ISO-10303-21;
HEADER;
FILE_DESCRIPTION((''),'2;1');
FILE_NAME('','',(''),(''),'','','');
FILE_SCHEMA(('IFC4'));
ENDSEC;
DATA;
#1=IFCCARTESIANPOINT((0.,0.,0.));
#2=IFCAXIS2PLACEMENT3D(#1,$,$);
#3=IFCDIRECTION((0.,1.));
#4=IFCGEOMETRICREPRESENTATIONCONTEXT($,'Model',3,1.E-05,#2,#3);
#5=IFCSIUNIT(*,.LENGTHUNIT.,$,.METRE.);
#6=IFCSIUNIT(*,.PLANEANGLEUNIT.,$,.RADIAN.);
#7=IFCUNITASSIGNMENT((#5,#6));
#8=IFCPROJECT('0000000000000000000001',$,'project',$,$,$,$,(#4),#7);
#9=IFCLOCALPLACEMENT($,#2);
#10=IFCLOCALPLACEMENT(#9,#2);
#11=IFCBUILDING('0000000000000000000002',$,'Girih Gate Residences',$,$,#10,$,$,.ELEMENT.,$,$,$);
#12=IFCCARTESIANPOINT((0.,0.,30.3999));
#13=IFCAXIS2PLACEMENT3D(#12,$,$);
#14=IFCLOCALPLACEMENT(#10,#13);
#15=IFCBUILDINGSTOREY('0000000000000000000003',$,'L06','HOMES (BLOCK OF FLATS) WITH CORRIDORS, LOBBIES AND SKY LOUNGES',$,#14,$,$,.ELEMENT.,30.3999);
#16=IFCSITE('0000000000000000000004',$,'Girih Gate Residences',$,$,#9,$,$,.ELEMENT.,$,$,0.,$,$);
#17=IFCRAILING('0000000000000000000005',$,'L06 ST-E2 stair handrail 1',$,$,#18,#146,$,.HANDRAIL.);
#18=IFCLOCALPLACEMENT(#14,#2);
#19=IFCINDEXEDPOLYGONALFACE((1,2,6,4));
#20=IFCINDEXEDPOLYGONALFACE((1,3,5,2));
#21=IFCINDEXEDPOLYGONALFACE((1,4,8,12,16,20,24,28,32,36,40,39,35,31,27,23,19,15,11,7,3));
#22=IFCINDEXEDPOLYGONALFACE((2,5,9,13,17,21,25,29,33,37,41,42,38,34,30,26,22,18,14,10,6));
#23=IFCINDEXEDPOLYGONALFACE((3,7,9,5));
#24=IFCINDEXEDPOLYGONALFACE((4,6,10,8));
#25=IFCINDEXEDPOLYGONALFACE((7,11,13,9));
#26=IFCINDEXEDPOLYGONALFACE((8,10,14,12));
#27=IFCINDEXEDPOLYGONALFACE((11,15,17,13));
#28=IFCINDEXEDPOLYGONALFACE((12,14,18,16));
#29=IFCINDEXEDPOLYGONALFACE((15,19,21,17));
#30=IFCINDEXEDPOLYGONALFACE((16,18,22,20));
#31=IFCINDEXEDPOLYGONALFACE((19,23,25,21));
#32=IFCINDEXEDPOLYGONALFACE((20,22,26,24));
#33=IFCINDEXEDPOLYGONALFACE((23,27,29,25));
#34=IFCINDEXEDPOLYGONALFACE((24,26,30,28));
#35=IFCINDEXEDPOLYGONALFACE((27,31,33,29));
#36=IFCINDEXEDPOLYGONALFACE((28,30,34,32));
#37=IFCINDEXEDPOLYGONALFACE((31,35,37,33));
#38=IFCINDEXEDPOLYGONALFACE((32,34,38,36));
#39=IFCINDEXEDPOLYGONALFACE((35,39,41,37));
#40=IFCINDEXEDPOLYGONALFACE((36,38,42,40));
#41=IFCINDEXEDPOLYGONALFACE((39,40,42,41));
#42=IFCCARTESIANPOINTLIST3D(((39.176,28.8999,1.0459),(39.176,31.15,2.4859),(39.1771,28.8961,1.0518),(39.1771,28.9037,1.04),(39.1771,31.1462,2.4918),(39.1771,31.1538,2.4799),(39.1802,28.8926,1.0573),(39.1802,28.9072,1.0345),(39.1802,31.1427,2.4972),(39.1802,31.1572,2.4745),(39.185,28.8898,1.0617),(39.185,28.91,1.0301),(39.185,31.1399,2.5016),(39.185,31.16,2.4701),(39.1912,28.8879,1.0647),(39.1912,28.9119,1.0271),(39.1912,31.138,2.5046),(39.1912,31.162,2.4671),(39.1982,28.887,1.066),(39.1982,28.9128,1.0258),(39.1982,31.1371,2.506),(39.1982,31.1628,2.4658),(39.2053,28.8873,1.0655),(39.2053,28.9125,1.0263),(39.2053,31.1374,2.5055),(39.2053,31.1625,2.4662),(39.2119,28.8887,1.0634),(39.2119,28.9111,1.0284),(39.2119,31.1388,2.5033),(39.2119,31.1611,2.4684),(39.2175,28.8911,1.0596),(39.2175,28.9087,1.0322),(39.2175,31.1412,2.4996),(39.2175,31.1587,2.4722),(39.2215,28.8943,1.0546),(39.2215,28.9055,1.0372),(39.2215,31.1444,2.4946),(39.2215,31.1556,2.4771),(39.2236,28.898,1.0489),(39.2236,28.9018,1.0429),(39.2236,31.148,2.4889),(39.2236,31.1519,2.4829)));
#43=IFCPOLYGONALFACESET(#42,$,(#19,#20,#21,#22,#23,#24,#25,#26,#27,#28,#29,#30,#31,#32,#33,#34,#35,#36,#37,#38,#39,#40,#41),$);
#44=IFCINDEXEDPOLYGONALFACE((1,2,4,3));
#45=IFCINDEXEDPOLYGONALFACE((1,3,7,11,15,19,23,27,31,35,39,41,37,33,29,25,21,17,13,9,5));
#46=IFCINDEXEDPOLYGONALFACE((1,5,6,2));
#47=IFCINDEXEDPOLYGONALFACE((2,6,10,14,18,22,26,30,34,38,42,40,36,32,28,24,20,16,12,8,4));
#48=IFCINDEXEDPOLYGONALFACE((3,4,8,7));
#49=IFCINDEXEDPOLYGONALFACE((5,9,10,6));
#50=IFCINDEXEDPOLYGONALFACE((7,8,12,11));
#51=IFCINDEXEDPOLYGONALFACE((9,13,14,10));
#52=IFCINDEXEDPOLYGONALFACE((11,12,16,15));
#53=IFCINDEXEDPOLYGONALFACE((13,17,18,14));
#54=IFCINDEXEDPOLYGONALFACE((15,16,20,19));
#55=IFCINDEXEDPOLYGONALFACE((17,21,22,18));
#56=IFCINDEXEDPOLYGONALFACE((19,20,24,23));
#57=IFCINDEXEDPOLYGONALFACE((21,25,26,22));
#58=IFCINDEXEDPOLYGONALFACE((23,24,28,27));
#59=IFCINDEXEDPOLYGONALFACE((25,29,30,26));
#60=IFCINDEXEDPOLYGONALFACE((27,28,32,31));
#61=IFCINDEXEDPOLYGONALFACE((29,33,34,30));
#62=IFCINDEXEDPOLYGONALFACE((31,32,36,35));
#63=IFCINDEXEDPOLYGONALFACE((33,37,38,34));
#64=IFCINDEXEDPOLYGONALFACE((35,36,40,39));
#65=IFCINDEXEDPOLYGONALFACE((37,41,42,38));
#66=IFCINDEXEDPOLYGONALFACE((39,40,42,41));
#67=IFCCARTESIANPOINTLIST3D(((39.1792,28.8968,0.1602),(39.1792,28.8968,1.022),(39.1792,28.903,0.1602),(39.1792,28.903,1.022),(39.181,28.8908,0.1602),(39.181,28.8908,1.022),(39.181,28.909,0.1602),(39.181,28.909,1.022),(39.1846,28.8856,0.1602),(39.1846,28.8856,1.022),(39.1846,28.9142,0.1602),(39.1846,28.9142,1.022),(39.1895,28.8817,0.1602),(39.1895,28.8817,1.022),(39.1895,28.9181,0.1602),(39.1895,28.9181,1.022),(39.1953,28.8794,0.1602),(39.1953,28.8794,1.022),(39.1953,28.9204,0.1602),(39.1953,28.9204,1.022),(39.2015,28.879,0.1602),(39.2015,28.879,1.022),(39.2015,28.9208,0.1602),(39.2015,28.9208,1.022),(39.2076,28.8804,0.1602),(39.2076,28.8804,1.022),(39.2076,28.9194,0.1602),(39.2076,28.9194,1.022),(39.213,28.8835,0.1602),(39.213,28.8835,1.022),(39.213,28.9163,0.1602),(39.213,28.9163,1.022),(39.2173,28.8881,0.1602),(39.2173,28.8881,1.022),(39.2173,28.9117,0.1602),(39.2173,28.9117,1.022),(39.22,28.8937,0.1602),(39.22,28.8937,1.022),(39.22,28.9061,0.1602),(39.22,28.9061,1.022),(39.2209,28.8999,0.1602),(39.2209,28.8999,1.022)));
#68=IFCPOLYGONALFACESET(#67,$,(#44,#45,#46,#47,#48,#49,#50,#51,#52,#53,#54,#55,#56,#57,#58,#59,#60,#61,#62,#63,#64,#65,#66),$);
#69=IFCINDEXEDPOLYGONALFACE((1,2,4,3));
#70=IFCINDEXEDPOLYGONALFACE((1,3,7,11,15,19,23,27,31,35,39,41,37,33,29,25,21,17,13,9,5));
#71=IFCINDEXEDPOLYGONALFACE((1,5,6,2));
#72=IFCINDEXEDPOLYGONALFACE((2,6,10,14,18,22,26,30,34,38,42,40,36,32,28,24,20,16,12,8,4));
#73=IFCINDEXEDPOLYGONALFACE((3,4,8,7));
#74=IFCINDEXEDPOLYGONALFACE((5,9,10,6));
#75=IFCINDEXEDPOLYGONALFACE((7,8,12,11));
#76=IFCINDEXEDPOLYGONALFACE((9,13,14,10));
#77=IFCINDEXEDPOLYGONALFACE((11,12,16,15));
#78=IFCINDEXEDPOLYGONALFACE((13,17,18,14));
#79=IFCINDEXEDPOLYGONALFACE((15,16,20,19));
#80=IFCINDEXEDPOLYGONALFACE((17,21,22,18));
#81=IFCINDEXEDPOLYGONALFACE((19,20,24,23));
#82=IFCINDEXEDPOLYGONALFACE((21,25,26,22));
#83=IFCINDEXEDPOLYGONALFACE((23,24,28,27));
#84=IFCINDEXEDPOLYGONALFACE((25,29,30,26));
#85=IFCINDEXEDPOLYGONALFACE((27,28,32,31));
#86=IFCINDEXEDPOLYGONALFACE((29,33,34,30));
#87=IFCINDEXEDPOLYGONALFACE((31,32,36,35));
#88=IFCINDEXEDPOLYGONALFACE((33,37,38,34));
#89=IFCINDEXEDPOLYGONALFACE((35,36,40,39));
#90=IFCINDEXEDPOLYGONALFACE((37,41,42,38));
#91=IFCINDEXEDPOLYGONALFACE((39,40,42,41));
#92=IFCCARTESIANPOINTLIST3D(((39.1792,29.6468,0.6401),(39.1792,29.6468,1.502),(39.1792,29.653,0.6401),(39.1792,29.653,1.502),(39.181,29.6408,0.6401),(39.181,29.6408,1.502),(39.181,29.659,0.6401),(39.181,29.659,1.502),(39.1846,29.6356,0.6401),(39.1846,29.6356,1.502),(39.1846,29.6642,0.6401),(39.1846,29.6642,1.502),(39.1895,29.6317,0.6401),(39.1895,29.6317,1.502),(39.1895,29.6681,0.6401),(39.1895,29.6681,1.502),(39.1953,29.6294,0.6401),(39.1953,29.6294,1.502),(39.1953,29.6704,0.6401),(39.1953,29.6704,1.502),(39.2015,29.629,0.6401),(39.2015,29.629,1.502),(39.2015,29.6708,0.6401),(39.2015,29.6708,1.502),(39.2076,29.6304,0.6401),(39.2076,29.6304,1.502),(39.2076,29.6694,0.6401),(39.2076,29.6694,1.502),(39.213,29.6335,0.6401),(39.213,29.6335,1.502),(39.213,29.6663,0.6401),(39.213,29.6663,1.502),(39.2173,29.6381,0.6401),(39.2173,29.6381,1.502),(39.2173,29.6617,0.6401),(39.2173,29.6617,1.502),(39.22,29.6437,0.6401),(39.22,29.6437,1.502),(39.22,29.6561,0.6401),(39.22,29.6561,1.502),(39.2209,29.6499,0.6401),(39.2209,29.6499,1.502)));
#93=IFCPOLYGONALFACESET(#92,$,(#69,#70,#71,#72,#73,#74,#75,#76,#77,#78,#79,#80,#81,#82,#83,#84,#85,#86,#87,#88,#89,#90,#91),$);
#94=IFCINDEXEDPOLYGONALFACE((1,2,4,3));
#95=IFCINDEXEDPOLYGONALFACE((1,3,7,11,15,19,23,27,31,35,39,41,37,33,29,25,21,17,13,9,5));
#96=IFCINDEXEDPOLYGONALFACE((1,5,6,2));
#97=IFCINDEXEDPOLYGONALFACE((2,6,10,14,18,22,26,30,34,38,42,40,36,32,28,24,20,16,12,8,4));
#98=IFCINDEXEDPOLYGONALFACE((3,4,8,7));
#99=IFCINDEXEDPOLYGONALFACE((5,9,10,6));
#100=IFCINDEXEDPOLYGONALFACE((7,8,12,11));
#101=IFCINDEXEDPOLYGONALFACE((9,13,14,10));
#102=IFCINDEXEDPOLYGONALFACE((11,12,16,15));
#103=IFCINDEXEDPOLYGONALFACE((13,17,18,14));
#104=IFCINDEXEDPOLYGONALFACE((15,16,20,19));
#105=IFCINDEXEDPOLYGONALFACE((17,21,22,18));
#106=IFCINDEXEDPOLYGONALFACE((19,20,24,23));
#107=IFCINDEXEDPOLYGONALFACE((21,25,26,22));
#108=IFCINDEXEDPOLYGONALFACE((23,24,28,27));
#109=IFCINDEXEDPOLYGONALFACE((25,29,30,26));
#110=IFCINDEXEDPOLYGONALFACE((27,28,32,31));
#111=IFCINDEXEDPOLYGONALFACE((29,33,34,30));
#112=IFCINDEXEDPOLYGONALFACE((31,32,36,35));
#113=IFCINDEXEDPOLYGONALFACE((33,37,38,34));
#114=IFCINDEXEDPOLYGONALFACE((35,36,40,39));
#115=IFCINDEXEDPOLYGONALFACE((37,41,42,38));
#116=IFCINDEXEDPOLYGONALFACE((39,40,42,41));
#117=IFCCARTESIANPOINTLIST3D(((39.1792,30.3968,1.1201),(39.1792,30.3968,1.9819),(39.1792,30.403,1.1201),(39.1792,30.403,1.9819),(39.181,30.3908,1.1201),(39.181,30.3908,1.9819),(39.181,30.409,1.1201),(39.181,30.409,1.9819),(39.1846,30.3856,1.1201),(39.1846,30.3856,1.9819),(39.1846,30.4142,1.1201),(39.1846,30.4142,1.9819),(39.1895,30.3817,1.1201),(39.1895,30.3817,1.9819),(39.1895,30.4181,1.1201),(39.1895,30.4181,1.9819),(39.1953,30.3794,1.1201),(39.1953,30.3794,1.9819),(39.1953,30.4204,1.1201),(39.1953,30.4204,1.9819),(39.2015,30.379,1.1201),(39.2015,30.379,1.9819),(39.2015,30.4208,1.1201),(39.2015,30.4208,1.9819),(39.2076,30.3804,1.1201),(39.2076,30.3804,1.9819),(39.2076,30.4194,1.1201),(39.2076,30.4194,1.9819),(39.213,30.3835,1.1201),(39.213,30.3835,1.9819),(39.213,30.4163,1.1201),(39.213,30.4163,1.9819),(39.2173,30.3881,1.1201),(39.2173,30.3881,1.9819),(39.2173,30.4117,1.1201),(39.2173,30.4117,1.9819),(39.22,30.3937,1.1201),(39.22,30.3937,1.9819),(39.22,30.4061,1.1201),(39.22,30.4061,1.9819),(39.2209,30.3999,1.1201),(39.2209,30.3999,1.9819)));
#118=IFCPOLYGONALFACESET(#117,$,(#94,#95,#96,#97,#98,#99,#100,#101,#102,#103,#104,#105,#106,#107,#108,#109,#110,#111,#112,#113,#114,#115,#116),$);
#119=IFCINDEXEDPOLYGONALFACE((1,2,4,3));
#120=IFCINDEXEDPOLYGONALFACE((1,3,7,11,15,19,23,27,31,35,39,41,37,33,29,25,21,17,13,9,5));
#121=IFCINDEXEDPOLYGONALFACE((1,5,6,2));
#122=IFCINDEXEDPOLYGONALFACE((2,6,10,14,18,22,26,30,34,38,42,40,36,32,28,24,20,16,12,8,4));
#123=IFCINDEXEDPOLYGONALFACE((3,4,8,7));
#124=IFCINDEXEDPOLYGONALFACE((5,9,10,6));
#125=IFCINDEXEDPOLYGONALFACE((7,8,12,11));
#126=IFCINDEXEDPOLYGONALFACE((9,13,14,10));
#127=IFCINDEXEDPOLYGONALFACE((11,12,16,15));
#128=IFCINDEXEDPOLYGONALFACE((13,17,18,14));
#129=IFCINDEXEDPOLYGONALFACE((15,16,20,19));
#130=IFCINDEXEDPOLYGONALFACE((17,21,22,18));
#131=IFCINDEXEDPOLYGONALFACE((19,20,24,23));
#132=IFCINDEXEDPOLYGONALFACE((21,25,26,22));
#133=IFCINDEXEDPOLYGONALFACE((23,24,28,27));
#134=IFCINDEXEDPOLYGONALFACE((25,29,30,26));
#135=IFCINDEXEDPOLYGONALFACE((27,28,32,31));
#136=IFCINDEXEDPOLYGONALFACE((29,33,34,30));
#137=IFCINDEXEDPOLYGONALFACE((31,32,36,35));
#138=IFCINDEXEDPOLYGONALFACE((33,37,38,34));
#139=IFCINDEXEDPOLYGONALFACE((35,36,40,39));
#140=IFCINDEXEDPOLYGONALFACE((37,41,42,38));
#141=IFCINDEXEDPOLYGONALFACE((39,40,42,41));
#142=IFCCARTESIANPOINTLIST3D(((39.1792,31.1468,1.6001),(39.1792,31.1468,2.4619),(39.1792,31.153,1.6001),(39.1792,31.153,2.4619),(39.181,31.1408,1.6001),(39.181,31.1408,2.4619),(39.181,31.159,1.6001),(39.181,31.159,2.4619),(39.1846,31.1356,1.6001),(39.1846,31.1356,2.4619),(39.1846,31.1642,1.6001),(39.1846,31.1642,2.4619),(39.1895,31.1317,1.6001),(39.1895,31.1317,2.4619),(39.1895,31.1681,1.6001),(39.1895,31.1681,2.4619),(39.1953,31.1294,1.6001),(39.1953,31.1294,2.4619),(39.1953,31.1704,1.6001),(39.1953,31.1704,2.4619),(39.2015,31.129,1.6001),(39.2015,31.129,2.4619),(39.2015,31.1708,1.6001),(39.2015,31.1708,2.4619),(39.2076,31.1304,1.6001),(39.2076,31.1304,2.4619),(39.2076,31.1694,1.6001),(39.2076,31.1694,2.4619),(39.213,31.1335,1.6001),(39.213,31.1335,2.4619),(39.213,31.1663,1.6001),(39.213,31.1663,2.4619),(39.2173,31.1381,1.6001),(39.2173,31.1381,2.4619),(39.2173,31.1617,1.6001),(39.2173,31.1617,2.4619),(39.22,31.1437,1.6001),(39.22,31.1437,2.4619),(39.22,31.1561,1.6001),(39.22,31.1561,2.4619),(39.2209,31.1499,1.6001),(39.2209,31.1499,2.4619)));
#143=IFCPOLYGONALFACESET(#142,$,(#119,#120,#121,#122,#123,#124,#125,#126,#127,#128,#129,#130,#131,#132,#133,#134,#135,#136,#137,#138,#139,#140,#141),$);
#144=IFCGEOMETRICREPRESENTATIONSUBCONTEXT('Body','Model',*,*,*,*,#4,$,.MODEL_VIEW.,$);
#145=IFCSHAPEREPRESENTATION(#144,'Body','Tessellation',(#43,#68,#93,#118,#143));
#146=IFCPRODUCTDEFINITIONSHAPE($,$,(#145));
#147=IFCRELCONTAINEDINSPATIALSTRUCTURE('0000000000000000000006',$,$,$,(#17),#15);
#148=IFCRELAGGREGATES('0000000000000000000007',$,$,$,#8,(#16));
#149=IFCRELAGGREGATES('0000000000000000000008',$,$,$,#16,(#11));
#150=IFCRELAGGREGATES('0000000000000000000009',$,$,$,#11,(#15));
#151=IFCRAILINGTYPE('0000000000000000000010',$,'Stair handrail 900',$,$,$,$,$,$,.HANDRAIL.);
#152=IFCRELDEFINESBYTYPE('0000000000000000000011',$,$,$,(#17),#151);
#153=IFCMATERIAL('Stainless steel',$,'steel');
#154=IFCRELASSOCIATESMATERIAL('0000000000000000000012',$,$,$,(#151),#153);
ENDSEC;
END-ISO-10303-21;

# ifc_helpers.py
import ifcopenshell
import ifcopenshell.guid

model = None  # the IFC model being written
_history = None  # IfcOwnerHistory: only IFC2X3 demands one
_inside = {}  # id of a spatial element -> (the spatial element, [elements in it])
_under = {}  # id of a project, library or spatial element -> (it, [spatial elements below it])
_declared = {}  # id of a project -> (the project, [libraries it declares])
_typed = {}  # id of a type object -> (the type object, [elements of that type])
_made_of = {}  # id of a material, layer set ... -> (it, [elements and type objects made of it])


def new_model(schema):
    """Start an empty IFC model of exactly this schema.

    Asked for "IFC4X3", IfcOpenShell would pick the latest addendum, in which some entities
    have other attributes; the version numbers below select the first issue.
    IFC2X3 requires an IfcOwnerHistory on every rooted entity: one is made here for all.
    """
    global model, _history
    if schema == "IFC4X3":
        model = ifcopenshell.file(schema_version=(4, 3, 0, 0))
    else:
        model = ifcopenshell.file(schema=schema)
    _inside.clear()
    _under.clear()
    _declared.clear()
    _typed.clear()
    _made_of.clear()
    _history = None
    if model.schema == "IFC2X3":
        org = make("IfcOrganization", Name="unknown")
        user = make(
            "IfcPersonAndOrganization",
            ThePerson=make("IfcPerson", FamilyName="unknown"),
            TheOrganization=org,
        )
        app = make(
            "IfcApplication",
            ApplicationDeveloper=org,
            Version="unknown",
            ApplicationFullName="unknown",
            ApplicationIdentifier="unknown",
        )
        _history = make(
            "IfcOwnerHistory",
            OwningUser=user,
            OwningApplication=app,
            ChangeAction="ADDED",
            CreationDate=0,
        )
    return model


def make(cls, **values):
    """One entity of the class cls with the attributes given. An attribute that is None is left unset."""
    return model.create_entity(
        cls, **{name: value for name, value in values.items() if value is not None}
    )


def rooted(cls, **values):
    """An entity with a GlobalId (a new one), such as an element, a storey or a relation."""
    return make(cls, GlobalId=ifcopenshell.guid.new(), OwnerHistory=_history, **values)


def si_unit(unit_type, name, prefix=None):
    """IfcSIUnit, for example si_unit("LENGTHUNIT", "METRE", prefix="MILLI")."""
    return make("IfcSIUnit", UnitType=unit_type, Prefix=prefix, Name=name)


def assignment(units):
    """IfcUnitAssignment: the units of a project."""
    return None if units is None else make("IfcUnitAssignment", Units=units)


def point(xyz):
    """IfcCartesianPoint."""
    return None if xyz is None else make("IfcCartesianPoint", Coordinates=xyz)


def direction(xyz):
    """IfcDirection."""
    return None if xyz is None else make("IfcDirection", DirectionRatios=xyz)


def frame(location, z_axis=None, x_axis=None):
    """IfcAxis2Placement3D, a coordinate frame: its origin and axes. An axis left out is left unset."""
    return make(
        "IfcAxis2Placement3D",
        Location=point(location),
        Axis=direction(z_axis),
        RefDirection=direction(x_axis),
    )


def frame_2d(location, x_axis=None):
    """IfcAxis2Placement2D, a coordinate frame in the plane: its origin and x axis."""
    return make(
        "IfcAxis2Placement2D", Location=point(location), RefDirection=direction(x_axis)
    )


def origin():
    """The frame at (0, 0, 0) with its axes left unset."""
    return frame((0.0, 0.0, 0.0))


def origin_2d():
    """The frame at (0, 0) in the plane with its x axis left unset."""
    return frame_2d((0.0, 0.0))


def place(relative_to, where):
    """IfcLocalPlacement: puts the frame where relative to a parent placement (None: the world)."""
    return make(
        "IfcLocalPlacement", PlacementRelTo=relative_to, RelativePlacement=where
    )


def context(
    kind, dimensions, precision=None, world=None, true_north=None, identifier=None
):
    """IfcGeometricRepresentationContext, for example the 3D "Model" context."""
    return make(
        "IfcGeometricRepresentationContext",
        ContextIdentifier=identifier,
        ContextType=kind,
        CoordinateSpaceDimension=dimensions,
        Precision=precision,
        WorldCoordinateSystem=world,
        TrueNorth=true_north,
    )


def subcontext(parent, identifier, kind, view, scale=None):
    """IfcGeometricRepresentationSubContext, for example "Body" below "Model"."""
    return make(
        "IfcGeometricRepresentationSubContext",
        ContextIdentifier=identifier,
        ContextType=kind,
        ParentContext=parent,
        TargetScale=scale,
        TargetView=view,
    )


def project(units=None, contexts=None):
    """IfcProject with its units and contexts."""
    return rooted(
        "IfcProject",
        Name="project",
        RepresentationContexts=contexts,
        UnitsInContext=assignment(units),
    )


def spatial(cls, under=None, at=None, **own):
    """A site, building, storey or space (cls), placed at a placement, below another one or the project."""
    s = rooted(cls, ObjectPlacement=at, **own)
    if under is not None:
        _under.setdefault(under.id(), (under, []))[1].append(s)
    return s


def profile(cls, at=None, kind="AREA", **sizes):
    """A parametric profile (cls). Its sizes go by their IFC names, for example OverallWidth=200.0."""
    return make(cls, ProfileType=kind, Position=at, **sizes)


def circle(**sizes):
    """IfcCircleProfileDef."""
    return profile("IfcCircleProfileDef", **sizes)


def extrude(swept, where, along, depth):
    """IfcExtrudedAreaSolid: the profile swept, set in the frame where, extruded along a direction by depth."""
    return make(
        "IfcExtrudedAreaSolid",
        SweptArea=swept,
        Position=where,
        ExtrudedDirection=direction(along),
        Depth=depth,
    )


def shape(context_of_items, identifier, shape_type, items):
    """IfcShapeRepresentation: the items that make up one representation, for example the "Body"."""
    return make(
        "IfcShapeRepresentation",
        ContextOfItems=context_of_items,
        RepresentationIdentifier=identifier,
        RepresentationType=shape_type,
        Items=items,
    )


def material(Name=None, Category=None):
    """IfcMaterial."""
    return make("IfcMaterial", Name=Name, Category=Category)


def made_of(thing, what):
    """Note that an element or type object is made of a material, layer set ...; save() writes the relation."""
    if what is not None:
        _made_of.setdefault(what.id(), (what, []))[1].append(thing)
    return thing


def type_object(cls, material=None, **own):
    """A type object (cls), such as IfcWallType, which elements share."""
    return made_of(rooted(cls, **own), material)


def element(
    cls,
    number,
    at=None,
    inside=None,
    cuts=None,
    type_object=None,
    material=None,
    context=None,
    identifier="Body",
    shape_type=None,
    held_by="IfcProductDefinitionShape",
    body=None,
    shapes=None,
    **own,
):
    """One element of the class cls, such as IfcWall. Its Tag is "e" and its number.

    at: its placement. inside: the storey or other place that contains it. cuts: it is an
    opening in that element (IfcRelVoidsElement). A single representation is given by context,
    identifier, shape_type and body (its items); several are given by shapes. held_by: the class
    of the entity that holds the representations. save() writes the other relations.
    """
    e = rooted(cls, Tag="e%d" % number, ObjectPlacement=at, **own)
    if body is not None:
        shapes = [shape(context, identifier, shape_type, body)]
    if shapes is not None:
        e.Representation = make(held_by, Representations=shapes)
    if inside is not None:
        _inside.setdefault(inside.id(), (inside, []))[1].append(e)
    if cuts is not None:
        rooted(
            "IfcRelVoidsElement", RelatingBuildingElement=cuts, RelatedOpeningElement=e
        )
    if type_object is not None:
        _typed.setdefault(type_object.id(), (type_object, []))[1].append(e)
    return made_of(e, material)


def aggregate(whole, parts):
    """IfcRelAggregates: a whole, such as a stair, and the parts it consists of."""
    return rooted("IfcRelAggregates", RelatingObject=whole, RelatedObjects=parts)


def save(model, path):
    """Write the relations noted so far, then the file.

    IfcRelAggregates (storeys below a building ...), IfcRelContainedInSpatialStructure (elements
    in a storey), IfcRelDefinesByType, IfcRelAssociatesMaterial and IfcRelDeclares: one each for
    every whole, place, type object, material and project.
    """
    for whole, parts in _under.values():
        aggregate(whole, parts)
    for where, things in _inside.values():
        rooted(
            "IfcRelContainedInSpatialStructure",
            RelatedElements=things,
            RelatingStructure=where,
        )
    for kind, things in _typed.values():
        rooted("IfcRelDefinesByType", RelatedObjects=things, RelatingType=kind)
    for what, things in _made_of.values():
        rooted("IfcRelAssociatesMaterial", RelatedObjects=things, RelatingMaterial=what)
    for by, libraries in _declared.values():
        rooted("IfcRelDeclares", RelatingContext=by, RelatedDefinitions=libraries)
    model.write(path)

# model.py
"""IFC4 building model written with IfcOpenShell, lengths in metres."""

from ifc_helpers import new_model, si_unit, direction, frame, origin, origin_2d, place, context, subcontext, project, spatial, circle, extrude, material, type_object, element, save


model = new_model("IFC4")

# Units and contexts
model_context = context("Model", 3, precision=1e-05, world=origin(), true_north=direction((0.0, 1.0)))
body_context = subcontext(model_context, "Body", "Model", "MODEL_VIEW")
ifc_project = project(units=[si_unit("LENGTHUNIT", "METRE"), si_unit("PLANEANGLEUNIT", "RADIAN")], contexts=[model_context])

# Site, building, storey
site_placement = place(None, origin())
site = spatial("IfcSite", under=ifc_project, at=site_placement, Name="Girih Gate Residences", CompositionType="ELEMENT", RefElevation=0.0)
building_placement = place(site_placement, origin())
building = spatial("IfcBuilding", under=site, at=building_placement, Name="Girih Gate Residences", CompositionType="ELEMENT")
storey_placement = place(building_placement, frame((0.0, 0.0, 30.3999)))
storey = spatial("IfcBuildingStorey", under=building, at=storey_placement, Name="L06", Description="HOMES (BLOCK OF FLATS) WITH CORRIDORS, LOBBIES AND SKY LOUNGES", CompositionType="ELEMENT", Elevation=30.3999)

# Shared definitions
ifc_material_1 = material(Name="Stainless steel", Category="steel")

# Railing
railing_type_1 = type_object("IfcRailingType", Name="Stair handrail 900", PredefinedType="HANDRAIL", material=ifc_material_1)
railing_1_placement = place(storey_placement, frame((39.2, 28.8999, 0.1602)))
element("IfcRailing", 1, at=railing_1_placement, inside=storey, type_object=railing_type_1, Name="L06 ST-E2 stair handrail 1", PredefinedType="HANDRAIL", context=body_context, shape_type="SweptSolid", body=[
    extrude(circle(Radius=0.0239, at=origin_2d()), frame((0.0, 0.0, 0.8857), z_axis=(0.0, 0.842281, 0.539038), x_axis=(-1.0, 0.0, 0.0)), (0.0, 0.0, 1.0), 2.6714),
    extrude(circle(Radius=0.021, at=origin_2d()), origin(), (0.0, 0.0, 1.0), 0.8618),
    extrude(circle(Radius=0.021, at=origin_2d()), frame((0.0, 0.75, 0.48)), (0.0, 0.0, 1.0), 0.8618),
    extrude(circle(Radius=0.021, at=origin_2d()), frame((0.0, 1.5, 0.96)), (0.0, 0.0, 1.0), 0.8618),
    extrude(circle(Radius=0.021, at=origin_2d()), frame((0.0, 2.25, 1.4399)), (0.0, 0.0, 1.0), 0.8618),
])

save(model, "model.ifc")
